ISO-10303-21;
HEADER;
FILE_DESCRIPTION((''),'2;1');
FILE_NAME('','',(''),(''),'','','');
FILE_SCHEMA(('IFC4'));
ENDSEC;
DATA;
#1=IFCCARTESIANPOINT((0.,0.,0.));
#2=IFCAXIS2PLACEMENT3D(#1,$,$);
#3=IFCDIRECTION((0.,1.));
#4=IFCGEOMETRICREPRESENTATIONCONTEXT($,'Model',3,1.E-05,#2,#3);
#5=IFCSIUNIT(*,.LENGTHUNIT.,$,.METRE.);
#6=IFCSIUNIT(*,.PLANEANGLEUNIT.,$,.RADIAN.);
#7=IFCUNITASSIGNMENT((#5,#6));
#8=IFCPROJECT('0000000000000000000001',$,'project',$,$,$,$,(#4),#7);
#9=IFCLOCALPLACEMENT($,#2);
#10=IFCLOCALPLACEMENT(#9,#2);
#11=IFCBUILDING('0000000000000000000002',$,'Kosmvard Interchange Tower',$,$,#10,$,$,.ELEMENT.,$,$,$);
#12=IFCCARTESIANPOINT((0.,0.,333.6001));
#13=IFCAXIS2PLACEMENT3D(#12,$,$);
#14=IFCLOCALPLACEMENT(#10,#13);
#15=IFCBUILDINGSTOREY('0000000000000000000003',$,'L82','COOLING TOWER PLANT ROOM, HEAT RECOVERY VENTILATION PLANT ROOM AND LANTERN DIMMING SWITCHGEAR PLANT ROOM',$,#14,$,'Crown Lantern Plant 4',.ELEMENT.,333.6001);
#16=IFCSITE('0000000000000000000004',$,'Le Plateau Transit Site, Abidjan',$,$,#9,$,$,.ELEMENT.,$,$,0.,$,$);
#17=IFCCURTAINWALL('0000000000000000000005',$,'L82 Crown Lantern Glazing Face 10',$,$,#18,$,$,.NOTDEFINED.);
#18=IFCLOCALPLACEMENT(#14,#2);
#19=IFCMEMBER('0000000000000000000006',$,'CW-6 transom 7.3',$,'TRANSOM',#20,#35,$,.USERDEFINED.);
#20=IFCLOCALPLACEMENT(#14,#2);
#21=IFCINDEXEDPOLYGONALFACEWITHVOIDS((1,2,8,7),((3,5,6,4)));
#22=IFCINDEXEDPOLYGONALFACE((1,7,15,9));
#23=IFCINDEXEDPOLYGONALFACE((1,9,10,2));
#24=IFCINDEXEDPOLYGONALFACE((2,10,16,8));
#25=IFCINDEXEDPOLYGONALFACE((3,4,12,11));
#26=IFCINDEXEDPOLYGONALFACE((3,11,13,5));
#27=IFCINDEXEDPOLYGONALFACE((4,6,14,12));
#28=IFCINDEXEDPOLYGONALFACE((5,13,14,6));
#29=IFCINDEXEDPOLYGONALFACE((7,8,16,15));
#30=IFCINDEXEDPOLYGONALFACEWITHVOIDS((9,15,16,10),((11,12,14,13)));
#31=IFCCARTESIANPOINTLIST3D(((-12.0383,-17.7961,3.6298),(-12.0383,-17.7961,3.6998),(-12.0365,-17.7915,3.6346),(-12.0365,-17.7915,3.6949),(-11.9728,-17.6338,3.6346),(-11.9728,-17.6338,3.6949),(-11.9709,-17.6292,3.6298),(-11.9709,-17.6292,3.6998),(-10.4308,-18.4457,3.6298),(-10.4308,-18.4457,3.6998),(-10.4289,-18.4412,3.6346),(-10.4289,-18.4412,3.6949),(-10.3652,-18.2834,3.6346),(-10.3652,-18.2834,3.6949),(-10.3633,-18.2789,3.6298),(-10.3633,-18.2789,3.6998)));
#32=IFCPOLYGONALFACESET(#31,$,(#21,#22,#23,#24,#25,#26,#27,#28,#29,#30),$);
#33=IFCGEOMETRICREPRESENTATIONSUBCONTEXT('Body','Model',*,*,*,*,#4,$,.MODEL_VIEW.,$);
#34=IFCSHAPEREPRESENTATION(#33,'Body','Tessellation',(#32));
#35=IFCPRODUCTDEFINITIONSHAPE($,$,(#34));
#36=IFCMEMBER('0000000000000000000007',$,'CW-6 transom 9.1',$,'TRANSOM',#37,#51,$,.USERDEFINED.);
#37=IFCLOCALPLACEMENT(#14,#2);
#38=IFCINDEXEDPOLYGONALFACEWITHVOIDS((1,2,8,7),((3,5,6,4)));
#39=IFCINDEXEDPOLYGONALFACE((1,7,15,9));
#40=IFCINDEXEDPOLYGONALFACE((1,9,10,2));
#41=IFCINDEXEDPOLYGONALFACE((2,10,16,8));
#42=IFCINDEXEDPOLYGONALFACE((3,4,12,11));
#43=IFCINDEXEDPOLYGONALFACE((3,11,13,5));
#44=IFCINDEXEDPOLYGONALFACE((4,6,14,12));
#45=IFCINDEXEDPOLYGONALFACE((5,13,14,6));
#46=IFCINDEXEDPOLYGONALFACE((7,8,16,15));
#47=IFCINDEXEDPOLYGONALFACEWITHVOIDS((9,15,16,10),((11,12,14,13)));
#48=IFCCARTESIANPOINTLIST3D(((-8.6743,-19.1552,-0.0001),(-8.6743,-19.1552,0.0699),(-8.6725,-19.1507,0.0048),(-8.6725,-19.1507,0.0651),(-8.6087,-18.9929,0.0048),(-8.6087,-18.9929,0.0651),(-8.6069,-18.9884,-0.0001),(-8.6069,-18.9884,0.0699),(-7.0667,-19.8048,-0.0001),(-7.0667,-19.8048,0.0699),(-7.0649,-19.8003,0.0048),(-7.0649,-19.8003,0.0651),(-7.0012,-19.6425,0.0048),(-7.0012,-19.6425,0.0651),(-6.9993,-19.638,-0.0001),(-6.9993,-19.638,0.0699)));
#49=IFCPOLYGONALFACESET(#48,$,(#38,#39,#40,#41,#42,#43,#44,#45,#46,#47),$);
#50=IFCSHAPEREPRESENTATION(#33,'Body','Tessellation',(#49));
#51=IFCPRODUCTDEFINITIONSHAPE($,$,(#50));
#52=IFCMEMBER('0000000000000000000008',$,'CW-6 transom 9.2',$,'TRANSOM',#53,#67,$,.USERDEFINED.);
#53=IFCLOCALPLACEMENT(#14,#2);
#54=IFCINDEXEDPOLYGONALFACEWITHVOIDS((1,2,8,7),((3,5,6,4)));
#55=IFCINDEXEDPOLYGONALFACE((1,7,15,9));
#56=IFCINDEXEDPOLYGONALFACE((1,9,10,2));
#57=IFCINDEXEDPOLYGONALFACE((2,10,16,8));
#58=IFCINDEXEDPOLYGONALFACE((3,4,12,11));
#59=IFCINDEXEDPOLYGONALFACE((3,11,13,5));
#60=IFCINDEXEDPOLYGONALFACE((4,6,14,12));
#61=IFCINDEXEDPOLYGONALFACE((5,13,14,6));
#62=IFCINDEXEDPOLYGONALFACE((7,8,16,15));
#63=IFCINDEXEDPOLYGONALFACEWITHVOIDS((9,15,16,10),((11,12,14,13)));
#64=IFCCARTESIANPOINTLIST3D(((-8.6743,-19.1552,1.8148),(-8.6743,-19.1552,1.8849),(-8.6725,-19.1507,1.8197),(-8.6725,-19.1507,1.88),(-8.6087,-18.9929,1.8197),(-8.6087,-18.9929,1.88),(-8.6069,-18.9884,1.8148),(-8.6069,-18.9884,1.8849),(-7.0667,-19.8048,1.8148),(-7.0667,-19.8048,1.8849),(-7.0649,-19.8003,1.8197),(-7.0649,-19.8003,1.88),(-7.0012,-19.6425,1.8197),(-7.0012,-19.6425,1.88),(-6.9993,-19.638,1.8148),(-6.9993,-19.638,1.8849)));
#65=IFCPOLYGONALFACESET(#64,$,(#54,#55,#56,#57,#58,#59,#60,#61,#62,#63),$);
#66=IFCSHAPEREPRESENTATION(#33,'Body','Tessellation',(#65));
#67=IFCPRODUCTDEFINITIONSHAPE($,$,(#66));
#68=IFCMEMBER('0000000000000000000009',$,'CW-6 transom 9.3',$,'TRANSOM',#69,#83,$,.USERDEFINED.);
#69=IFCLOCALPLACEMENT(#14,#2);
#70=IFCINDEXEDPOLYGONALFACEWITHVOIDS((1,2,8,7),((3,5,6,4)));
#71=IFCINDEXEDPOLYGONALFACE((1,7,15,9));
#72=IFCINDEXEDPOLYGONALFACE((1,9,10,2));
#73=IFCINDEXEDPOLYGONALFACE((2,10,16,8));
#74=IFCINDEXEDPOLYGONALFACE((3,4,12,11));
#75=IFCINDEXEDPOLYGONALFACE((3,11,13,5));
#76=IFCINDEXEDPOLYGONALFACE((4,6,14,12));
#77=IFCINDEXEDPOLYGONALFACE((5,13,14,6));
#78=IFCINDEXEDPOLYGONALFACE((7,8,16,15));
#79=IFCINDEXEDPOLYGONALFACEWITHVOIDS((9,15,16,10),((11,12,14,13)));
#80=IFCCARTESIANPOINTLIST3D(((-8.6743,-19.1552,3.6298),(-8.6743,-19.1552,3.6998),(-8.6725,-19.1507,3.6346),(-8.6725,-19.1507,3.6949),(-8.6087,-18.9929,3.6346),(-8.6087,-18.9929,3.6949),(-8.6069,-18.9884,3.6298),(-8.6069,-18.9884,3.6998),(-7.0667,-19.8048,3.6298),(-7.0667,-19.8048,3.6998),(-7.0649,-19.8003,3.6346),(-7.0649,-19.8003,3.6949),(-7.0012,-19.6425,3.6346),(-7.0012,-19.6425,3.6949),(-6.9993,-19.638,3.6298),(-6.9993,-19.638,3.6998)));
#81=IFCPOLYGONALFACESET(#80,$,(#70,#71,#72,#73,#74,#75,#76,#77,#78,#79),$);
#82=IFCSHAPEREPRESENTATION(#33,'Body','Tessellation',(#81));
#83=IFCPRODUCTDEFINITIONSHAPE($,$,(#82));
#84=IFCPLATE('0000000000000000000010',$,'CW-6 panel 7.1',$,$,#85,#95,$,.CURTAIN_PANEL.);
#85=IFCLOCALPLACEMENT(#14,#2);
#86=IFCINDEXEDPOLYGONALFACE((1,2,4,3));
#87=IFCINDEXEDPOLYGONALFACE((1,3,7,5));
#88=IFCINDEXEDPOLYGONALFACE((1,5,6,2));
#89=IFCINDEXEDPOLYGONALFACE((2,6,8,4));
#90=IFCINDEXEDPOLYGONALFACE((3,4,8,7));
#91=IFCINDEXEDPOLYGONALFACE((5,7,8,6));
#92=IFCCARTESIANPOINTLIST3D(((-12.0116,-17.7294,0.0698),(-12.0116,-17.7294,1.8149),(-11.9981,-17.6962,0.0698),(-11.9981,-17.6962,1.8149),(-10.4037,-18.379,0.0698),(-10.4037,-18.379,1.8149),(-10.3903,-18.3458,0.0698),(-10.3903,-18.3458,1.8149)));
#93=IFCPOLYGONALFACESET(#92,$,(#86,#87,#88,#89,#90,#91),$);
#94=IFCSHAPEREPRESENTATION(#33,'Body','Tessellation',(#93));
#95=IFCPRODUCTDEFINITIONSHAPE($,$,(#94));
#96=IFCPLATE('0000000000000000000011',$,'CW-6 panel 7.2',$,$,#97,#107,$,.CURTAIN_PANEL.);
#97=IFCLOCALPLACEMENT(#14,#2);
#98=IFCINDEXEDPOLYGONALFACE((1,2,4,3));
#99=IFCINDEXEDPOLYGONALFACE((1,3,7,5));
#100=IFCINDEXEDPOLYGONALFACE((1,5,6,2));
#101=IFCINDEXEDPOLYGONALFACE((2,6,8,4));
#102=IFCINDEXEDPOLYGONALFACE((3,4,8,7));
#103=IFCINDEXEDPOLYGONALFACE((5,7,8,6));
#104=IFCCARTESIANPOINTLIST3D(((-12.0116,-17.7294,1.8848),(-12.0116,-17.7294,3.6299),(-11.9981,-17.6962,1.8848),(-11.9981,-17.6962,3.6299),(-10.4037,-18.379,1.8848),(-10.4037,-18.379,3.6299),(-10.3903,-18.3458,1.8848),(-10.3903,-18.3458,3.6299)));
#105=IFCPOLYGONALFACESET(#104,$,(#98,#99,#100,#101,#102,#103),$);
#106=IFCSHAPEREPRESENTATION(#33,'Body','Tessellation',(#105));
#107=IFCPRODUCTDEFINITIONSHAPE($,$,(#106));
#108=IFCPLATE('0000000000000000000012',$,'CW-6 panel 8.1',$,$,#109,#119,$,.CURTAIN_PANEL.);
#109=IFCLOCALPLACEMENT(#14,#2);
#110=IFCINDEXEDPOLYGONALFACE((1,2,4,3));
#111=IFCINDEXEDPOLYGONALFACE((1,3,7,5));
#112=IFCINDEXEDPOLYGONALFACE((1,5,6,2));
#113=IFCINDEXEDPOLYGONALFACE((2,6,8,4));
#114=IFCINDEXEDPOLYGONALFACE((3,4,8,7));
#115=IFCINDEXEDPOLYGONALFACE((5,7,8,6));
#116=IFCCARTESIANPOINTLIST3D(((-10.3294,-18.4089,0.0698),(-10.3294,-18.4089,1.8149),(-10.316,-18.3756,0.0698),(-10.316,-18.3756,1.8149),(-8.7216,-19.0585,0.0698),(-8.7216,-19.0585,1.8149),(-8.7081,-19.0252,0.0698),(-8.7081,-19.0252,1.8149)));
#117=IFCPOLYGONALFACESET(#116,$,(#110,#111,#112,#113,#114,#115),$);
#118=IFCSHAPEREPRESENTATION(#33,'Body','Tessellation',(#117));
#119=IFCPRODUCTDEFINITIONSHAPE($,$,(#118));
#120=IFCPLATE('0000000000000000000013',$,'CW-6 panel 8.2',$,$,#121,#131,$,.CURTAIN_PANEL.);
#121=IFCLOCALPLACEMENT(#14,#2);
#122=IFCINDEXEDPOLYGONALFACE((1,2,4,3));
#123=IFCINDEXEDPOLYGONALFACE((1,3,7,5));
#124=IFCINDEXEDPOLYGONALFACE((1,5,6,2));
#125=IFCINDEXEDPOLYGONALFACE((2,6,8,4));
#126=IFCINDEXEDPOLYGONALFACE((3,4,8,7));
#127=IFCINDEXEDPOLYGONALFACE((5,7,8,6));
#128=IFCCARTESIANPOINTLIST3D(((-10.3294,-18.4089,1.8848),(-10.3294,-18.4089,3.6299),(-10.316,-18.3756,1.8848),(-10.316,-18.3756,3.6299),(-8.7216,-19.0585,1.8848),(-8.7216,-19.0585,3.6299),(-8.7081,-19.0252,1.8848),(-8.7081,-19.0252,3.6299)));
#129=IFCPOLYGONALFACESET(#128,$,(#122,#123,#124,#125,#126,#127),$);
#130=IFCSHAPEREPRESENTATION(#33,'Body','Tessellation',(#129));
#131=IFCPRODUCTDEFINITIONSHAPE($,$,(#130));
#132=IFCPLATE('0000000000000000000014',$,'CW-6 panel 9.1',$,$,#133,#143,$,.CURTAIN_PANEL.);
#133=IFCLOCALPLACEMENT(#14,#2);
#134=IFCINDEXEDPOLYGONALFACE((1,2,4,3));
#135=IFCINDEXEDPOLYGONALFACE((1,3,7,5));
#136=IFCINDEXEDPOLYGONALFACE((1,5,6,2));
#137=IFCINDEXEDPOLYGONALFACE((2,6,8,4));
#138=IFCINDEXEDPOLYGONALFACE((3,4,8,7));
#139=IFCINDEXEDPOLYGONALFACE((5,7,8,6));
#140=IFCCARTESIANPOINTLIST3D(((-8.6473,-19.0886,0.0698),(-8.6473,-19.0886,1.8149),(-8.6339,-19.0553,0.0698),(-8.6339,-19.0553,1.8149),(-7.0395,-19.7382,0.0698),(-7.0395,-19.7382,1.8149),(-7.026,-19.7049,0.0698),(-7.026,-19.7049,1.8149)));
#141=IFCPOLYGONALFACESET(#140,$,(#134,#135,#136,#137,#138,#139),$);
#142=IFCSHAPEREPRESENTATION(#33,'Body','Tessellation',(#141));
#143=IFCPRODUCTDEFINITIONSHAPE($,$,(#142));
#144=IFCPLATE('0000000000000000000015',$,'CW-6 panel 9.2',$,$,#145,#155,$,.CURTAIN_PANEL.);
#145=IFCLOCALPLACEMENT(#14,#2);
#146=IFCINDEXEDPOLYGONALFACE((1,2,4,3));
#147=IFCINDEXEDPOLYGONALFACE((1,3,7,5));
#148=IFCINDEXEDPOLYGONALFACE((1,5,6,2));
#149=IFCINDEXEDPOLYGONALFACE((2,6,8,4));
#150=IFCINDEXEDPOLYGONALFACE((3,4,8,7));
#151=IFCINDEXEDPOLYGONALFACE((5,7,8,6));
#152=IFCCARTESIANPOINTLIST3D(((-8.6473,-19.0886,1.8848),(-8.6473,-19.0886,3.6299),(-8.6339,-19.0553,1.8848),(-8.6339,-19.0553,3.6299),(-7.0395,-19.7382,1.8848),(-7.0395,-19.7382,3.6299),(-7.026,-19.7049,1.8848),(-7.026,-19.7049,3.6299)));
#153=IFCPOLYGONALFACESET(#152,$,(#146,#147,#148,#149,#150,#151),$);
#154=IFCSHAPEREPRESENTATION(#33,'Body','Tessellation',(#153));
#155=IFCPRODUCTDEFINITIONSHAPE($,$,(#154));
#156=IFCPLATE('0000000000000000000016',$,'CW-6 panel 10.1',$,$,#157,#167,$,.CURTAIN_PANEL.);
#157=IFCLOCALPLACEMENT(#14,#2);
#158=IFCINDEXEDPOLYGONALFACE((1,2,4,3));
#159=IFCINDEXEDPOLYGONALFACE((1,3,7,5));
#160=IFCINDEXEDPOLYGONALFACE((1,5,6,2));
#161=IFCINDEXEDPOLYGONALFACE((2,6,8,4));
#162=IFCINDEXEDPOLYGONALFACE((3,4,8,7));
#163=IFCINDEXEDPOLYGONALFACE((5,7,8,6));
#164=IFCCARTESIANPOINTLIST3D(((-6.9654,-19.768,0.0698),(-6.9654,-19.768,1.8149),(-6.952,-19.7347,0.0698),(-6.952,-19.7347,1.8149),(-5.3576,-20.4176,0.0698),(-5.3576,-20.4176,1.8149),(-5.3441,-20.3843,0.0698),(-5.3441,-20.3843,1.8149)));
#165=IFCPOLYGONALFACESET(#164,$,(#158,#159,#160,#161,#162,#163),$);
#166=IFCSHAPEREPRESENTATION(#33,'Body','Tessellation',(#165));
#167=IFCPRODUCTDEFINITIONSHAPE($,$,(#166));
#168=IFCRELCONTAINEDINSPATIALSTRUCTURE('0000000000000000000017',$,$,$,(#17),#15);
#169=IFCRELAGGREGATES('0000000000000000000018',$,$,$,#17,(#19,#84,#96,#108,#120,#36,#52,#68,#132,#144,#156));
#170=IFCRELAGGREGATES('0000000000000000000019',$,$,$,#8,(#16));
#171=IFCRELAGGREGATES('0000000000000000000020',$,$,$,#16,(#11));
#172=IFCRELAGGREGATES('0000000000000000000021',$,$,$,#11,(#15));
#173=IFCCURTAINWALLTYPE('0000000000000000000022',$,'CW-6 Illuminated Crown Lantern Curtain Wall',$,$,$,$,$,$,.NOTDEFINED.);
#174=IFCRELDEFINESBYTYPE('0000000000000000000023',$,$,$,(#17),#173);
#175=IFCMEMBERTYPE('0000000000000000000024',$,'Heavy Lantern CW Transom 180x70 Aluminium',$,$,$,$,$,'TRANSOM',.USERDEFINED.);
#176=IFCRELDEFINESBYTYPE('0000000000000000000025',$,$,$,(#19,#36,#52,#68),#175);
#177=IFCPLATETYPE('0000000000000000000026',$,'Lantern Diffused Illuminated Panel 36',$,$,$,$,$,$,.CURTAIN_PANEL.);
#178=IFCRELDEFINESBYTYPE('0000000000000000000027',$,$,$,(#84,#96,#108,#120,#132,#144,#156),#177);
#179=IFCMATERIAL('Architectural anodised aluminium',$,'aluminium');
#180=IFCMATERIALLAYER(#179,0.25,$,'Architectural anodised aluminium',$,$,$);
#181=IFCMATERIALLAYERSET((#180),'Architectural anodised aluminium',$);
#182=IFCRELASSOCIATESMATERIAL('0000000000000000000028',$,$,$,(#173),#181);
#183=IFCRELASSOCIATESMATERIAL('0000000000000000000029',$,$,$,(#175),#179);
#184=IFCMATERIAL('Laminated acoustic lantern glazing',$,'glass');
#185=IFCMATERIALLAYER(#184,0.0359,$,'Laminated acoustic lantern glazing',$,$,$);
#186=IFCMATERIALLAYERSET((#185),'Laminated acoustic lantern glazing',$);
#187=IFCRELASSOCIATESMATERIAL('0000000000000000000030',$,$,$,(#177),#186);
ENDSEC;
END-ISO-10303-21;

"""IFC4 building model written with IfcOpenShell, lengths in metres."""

from ifc_helpers import new_model, si_unit, direction, frame, origin, origin_2d, place, context, subcontext, project, spatial, rectangle, hollow_rectangle, extrude, source, transform, mapped, material, layer, layer_set, material_profile, profile_set, type_object, element, aggregate, save


model = new_model("IFC4")

# Units and contexts
model_context = context("Model", 3, precision=1e-05, world=origin(), true_north=direction((0.0, 1.0)))
body_context = subcontext(model_context, "Body", "Model", "MODEL_VIEW")
ifc_project = project(units=[si_unit("LENGTHUNIT", "METRE"), si_unit("PLANEANGLEUNIT", "RADIAN")], contexts=[model_context])

# Site, building, storey
site_placement = place(None, origin())
site = spatial("IfcSite", under=ifc_project, at=site_placement, Name="Le Plateau Transit Site, Abidjan", CompositionType="ELEMENT", RefElevation=0.0)
building_placement = place(site_placement, origin())
building = spatial("IfcBuilding", under=site, at=building_placement, Name="Kosmvard Interchange Tower", CompositionType="ELEMENT")
storey_placement = place(building_placement, frame((0.0, 0.0, 333.6001)))
storey = spatial("IfcBuildingStorey", under=building, at=storey_placement, Name="L82", Description="COOLING TOWER PLANT ROOM, HEAT RECOVERY VENTILATION PLANT ROOM AND LANTERN DIMMING SWITCHGEAR PLANT ROOM", LongName="Crown Lantern Plant 4", CompositionType="ELEMENT", Elevation=333.6001)

# Curtain wall, members, plates
ifc_material_1 = material(Name="Architectural anodised aluminium", Category="aluminium")
ifc_layer_1 = layer(ifc_material_1, 0.25, Name="Architectural anodised aluminium")
ifc_layer_set_1 = layer_set([ifc_layer_1], Name="Architectural anodised aluminium")
curtain_wall_type = type_object("IfcCurtainWallType", Name="CW-6 Illuminated Crown Lantern Curtain Wall", PredefinedType="NOTDEFINED", material=ifc_layer_set_1)
curtain_wall_placement = place(storey_placement, origin())
curtain_wall = element("IfcCurtainWall", 1, at=curtain_wall_placement, inside=storey, type_object=curtain_wall_type, Name="L82 Crown Lantern Glazing Face 10", PredefinedType="NOTDEFINED")
ifc_material_profile_1 = material_profile(ifc_material_1, hollow_rectangle(XDim=0.1799, YDim=0.0701, WallThickness=0.0049, at=origin_2d()), Name="CWT 180x70x5")
ifc_profile_set_1 = profile_set([ifc_material_profile_1], Name="Architectural anodised aluminium")
member_type_1 = type_object("IfcMemberType", Name="Heavy Lantern CW Transom 180x70 Aluminium", ElementType="TRANSOM", PredefinedType="USERDEFINED", material=ifc_profile_set_1)
shared_shape_1 = source(origin(), body_context, "Body", "SweptSolid", [
    extrude(hollow_rectangle(XDim=0.1799, YDim=0.0701, WallThickness=0.0049, at=origin_2d()), origin(), (0.0, 0.0, 1.0), 1.7339),
])
member_1_placement = place(storey_placement, frame((-12.0046, -17.7126, 3.6648), z_axis=(0.92716, -0.374666, 0.0), x_axis=(0.374666, 0.92716, 0.0)))
member_1 = element("IfcMember", 2, at=member_1_placement, type_object=member_type_1, Name="CW-6 transom 7.3", ObjectType="TRANSOM", PredefinedType="USERDEFINED", context=body_context, shape_type="MappedRepresentation", body=[
    mapped(shared_shape_1, transform((0.0, 0.0, 0.0), scale=1.0)),
])
member_2_placement = place(storey_placement, frame((-8.6406, -19.0718, 0.0349), z_axis=(0.92716, -0.374666, 0.0), x_axis=(0.374666, 0.92716, 0.0)))
member_2 = element("IfcMember", 3, at=member_2_placement, type_object=member_type_1, Name="CW-6 transom 9.1", ObjectType="TRANSOM", PredefinedType="USERDEFINED", context=body_context, shape_type="MappedRepresentation", body=[
    mapped(shared_shape_1, transform((0.0, 0.0, 0.0), scale=1.0)),
])
member_3_placement = place(storey_placement, frame((-8.6406, -19.0718, 1.8499), z_axis=(0.92716, -0.374666, 0.0), x_axis=(0.374666, 0.92716, 0.0)))
member_3 = element("IfcMember", 4, at=member_3_placement, type_object=member_type_1, Name="CW-6 transom 9.2", ObjectType="TRANSOM", PredefinedType="USERDEFINED", context=body_context, shape_type="MappedRepresentation", body=[
    mapped(shared_shape_1, transform((0.0, 0.0, 0.0), scale=1.0)),
])
member_4_placement = place(storey_placement, frame((-8.6406, -19.0718, 3.6648), z_axis=(0.92716, -0.374666, 0.0), x_axis=(0.374666, 0.92716, 0.0)))
member_4 = element("IfcMember", 5, at=member_4_placement, type_object=member_type_1, Name="CW-6 transom 9.3", ObjectType="TRANSOM", PredefinedType="USERDEFINED", context=body_context, shape_type="MappedRepresentation", body=[
    mapped(shared_shape_1, transform((0.0, 0.0, 0.0), scale=1.0)),
])
ifc_material_2 = material(Name="Laminated acoustic lantern glazing", Category="glass")
ifc_layer_2 = layer(ifc_material_2, 0.0359, Name="Laminated acoustic lantern glazing")
ifc_layer_set_2 = layer_set([ifc_layer_2], Name="Laminated acoustic lantern glazing")
plate_type = type_object("IfcPlateType", Name="Lantern Diffused Illuminated Panel 36", PredefinedType="CURTAIN_PANEL", material=ifc_layer_set_2)
shared_shape_2 = source(origin(), body_context, "Body", "SweptSolid", [
    extrude(rectangle(XDim=1.7341, YDim=0.0359, at=origin_2d()), origin(), (0.0, 0.0, 1.0), 1.7451),
])
plate_1_placement = place(storey_placement, frame((-11.2009, -18.0376, 0.0698), z_axis=(0.0, 0.0, 1.0), x_axis=(0.927184, -0.374607, 0.0)))
plate_1 = element("IfcPlate", 6, at=plate_1_placement, type_object=plate_type, Name="CW-6 panel 7.1", PredefinedType="CURTAIN_PANEL", context=body_context, shape_type="MappedRepresentation", body=[
    mapped(shared_shape_2, transform((0.0, 0.0, 0.0), scale=1.0)),
])
plate_2_placement = place(storey_placement, frame((-11.2009, -18.0376, 1.8848), z_axis=(0.0, 0.0, 1.0), x_axis=(0.927184, -0.374607, 0.0)))
plate_2 = element("IfcPlate", 7, at=plate_2_placement, type_object=plate_type, Name="CW-6 panel 7.2", PredefinedType="CURTAIN_PANEL", context=body_context, shape_type="MappedRepresentation", body=[
    mapped(shared_shape_2, transform((0.0, 0.0, 0.0), scale=1.0)),
])
plate_3_placement = place(storey_placement, frame((-9.5188, -18.717, 0.0698), z_axis=(0.0, 0.0, 1.0), x_axis=(0.927184, -0.374607, 0.0)))
plate_3 = element("IfcPlate", 8, at=plate_3_placement, type_object=plate_type, Name="CW-6 panel 8.1", PredefinedType="CURTAIN_PANEL", context=body_context, shape_type="MappedRepresentation", body=[
    mapped(shared_shape_2, transform((0.0, 0.0, 0.0), scale=1.0)),
])
plate_4_placement = place(storey_placement, frame((-9.5188, -18.717, 1.8848), z_axis=(0.0, 0.0, 1.0), x_axis=(0.927184, -0.374607, 0.0)))
plate_4 = element("IfcPlate", 9, at=plate_4_placement, type_object=plate_type, Name="CW-6 panel 8.2", PredefinedType="CURTAIN_PANEL", context=body_context, shape_type="MappedRepresentation", body=[
    mapped(shared_shape_2, transform((0.0, 0.0, 0.0), scale=1.0)),
])
plate_5_placement = place(storey_placement, frame((-7.8367, -19.3967, 0.0698), z_axis=(0.0, 0.0, 1.0), x_axis=(0.927184, -0.374607, 0.0)))
plate_5 = element("IfcPlate", 10, at=plate_5_placement, type_object=plate_type, Name="CW-6 panel 9.1", PredefinedType="CURTAIN_PANEL", context=body_context, shape_type="MappedRepresentation", body=[
    mapped(shared_shape_2, transform((0.0, 0.0, 0.0), scale=1.0)),
])
plate_6_placement = place(storey_placement, frame((-7.8367, -19.3967, 1.8848), z_axis=(0.0, 0.0, 1.0), x_axis=(0.927184, -0.374607, 0.0)))
plate_6 = element("IfcPlate", 11, at=plate_6_placement, type_object=plate_type, Name="CW-6 panel 9.2", PredefinedType="CURTAIN_PANEL", context=body_context, shape_type="MappedRepresentation", body=[
    mapped(shared_shape_2, transform((0.0, 0.0, 0.0), scale=1.0)),
])
plate_7_placement = place(storey_placement, frame((-6.1548, -20.0762, 0.0698), z_axis=(0.0, 0.0, 1.0), x_axis=(0.927184, -0.374607, 0.0)))
plate_7 = element("IfcPlate", 12, at=plate_7_placement, type_object=plate_type, Name="CW-6 panel 10.1", PredefinedType="CURTAIN_PANEL", context=body_context, shape_type="MappedRepresentation", body=[
    mapped(shared_shape_2, transform((0.0, 0.0, 0.0), scale=1.0)),
])
aggregate(curtain_wall, [member_1, plate_1, plate_2, plate_3, plate_4, member_2, member_3, member_4, plate_5, plate_6, plate_7])

save(model, "model.ifc")
